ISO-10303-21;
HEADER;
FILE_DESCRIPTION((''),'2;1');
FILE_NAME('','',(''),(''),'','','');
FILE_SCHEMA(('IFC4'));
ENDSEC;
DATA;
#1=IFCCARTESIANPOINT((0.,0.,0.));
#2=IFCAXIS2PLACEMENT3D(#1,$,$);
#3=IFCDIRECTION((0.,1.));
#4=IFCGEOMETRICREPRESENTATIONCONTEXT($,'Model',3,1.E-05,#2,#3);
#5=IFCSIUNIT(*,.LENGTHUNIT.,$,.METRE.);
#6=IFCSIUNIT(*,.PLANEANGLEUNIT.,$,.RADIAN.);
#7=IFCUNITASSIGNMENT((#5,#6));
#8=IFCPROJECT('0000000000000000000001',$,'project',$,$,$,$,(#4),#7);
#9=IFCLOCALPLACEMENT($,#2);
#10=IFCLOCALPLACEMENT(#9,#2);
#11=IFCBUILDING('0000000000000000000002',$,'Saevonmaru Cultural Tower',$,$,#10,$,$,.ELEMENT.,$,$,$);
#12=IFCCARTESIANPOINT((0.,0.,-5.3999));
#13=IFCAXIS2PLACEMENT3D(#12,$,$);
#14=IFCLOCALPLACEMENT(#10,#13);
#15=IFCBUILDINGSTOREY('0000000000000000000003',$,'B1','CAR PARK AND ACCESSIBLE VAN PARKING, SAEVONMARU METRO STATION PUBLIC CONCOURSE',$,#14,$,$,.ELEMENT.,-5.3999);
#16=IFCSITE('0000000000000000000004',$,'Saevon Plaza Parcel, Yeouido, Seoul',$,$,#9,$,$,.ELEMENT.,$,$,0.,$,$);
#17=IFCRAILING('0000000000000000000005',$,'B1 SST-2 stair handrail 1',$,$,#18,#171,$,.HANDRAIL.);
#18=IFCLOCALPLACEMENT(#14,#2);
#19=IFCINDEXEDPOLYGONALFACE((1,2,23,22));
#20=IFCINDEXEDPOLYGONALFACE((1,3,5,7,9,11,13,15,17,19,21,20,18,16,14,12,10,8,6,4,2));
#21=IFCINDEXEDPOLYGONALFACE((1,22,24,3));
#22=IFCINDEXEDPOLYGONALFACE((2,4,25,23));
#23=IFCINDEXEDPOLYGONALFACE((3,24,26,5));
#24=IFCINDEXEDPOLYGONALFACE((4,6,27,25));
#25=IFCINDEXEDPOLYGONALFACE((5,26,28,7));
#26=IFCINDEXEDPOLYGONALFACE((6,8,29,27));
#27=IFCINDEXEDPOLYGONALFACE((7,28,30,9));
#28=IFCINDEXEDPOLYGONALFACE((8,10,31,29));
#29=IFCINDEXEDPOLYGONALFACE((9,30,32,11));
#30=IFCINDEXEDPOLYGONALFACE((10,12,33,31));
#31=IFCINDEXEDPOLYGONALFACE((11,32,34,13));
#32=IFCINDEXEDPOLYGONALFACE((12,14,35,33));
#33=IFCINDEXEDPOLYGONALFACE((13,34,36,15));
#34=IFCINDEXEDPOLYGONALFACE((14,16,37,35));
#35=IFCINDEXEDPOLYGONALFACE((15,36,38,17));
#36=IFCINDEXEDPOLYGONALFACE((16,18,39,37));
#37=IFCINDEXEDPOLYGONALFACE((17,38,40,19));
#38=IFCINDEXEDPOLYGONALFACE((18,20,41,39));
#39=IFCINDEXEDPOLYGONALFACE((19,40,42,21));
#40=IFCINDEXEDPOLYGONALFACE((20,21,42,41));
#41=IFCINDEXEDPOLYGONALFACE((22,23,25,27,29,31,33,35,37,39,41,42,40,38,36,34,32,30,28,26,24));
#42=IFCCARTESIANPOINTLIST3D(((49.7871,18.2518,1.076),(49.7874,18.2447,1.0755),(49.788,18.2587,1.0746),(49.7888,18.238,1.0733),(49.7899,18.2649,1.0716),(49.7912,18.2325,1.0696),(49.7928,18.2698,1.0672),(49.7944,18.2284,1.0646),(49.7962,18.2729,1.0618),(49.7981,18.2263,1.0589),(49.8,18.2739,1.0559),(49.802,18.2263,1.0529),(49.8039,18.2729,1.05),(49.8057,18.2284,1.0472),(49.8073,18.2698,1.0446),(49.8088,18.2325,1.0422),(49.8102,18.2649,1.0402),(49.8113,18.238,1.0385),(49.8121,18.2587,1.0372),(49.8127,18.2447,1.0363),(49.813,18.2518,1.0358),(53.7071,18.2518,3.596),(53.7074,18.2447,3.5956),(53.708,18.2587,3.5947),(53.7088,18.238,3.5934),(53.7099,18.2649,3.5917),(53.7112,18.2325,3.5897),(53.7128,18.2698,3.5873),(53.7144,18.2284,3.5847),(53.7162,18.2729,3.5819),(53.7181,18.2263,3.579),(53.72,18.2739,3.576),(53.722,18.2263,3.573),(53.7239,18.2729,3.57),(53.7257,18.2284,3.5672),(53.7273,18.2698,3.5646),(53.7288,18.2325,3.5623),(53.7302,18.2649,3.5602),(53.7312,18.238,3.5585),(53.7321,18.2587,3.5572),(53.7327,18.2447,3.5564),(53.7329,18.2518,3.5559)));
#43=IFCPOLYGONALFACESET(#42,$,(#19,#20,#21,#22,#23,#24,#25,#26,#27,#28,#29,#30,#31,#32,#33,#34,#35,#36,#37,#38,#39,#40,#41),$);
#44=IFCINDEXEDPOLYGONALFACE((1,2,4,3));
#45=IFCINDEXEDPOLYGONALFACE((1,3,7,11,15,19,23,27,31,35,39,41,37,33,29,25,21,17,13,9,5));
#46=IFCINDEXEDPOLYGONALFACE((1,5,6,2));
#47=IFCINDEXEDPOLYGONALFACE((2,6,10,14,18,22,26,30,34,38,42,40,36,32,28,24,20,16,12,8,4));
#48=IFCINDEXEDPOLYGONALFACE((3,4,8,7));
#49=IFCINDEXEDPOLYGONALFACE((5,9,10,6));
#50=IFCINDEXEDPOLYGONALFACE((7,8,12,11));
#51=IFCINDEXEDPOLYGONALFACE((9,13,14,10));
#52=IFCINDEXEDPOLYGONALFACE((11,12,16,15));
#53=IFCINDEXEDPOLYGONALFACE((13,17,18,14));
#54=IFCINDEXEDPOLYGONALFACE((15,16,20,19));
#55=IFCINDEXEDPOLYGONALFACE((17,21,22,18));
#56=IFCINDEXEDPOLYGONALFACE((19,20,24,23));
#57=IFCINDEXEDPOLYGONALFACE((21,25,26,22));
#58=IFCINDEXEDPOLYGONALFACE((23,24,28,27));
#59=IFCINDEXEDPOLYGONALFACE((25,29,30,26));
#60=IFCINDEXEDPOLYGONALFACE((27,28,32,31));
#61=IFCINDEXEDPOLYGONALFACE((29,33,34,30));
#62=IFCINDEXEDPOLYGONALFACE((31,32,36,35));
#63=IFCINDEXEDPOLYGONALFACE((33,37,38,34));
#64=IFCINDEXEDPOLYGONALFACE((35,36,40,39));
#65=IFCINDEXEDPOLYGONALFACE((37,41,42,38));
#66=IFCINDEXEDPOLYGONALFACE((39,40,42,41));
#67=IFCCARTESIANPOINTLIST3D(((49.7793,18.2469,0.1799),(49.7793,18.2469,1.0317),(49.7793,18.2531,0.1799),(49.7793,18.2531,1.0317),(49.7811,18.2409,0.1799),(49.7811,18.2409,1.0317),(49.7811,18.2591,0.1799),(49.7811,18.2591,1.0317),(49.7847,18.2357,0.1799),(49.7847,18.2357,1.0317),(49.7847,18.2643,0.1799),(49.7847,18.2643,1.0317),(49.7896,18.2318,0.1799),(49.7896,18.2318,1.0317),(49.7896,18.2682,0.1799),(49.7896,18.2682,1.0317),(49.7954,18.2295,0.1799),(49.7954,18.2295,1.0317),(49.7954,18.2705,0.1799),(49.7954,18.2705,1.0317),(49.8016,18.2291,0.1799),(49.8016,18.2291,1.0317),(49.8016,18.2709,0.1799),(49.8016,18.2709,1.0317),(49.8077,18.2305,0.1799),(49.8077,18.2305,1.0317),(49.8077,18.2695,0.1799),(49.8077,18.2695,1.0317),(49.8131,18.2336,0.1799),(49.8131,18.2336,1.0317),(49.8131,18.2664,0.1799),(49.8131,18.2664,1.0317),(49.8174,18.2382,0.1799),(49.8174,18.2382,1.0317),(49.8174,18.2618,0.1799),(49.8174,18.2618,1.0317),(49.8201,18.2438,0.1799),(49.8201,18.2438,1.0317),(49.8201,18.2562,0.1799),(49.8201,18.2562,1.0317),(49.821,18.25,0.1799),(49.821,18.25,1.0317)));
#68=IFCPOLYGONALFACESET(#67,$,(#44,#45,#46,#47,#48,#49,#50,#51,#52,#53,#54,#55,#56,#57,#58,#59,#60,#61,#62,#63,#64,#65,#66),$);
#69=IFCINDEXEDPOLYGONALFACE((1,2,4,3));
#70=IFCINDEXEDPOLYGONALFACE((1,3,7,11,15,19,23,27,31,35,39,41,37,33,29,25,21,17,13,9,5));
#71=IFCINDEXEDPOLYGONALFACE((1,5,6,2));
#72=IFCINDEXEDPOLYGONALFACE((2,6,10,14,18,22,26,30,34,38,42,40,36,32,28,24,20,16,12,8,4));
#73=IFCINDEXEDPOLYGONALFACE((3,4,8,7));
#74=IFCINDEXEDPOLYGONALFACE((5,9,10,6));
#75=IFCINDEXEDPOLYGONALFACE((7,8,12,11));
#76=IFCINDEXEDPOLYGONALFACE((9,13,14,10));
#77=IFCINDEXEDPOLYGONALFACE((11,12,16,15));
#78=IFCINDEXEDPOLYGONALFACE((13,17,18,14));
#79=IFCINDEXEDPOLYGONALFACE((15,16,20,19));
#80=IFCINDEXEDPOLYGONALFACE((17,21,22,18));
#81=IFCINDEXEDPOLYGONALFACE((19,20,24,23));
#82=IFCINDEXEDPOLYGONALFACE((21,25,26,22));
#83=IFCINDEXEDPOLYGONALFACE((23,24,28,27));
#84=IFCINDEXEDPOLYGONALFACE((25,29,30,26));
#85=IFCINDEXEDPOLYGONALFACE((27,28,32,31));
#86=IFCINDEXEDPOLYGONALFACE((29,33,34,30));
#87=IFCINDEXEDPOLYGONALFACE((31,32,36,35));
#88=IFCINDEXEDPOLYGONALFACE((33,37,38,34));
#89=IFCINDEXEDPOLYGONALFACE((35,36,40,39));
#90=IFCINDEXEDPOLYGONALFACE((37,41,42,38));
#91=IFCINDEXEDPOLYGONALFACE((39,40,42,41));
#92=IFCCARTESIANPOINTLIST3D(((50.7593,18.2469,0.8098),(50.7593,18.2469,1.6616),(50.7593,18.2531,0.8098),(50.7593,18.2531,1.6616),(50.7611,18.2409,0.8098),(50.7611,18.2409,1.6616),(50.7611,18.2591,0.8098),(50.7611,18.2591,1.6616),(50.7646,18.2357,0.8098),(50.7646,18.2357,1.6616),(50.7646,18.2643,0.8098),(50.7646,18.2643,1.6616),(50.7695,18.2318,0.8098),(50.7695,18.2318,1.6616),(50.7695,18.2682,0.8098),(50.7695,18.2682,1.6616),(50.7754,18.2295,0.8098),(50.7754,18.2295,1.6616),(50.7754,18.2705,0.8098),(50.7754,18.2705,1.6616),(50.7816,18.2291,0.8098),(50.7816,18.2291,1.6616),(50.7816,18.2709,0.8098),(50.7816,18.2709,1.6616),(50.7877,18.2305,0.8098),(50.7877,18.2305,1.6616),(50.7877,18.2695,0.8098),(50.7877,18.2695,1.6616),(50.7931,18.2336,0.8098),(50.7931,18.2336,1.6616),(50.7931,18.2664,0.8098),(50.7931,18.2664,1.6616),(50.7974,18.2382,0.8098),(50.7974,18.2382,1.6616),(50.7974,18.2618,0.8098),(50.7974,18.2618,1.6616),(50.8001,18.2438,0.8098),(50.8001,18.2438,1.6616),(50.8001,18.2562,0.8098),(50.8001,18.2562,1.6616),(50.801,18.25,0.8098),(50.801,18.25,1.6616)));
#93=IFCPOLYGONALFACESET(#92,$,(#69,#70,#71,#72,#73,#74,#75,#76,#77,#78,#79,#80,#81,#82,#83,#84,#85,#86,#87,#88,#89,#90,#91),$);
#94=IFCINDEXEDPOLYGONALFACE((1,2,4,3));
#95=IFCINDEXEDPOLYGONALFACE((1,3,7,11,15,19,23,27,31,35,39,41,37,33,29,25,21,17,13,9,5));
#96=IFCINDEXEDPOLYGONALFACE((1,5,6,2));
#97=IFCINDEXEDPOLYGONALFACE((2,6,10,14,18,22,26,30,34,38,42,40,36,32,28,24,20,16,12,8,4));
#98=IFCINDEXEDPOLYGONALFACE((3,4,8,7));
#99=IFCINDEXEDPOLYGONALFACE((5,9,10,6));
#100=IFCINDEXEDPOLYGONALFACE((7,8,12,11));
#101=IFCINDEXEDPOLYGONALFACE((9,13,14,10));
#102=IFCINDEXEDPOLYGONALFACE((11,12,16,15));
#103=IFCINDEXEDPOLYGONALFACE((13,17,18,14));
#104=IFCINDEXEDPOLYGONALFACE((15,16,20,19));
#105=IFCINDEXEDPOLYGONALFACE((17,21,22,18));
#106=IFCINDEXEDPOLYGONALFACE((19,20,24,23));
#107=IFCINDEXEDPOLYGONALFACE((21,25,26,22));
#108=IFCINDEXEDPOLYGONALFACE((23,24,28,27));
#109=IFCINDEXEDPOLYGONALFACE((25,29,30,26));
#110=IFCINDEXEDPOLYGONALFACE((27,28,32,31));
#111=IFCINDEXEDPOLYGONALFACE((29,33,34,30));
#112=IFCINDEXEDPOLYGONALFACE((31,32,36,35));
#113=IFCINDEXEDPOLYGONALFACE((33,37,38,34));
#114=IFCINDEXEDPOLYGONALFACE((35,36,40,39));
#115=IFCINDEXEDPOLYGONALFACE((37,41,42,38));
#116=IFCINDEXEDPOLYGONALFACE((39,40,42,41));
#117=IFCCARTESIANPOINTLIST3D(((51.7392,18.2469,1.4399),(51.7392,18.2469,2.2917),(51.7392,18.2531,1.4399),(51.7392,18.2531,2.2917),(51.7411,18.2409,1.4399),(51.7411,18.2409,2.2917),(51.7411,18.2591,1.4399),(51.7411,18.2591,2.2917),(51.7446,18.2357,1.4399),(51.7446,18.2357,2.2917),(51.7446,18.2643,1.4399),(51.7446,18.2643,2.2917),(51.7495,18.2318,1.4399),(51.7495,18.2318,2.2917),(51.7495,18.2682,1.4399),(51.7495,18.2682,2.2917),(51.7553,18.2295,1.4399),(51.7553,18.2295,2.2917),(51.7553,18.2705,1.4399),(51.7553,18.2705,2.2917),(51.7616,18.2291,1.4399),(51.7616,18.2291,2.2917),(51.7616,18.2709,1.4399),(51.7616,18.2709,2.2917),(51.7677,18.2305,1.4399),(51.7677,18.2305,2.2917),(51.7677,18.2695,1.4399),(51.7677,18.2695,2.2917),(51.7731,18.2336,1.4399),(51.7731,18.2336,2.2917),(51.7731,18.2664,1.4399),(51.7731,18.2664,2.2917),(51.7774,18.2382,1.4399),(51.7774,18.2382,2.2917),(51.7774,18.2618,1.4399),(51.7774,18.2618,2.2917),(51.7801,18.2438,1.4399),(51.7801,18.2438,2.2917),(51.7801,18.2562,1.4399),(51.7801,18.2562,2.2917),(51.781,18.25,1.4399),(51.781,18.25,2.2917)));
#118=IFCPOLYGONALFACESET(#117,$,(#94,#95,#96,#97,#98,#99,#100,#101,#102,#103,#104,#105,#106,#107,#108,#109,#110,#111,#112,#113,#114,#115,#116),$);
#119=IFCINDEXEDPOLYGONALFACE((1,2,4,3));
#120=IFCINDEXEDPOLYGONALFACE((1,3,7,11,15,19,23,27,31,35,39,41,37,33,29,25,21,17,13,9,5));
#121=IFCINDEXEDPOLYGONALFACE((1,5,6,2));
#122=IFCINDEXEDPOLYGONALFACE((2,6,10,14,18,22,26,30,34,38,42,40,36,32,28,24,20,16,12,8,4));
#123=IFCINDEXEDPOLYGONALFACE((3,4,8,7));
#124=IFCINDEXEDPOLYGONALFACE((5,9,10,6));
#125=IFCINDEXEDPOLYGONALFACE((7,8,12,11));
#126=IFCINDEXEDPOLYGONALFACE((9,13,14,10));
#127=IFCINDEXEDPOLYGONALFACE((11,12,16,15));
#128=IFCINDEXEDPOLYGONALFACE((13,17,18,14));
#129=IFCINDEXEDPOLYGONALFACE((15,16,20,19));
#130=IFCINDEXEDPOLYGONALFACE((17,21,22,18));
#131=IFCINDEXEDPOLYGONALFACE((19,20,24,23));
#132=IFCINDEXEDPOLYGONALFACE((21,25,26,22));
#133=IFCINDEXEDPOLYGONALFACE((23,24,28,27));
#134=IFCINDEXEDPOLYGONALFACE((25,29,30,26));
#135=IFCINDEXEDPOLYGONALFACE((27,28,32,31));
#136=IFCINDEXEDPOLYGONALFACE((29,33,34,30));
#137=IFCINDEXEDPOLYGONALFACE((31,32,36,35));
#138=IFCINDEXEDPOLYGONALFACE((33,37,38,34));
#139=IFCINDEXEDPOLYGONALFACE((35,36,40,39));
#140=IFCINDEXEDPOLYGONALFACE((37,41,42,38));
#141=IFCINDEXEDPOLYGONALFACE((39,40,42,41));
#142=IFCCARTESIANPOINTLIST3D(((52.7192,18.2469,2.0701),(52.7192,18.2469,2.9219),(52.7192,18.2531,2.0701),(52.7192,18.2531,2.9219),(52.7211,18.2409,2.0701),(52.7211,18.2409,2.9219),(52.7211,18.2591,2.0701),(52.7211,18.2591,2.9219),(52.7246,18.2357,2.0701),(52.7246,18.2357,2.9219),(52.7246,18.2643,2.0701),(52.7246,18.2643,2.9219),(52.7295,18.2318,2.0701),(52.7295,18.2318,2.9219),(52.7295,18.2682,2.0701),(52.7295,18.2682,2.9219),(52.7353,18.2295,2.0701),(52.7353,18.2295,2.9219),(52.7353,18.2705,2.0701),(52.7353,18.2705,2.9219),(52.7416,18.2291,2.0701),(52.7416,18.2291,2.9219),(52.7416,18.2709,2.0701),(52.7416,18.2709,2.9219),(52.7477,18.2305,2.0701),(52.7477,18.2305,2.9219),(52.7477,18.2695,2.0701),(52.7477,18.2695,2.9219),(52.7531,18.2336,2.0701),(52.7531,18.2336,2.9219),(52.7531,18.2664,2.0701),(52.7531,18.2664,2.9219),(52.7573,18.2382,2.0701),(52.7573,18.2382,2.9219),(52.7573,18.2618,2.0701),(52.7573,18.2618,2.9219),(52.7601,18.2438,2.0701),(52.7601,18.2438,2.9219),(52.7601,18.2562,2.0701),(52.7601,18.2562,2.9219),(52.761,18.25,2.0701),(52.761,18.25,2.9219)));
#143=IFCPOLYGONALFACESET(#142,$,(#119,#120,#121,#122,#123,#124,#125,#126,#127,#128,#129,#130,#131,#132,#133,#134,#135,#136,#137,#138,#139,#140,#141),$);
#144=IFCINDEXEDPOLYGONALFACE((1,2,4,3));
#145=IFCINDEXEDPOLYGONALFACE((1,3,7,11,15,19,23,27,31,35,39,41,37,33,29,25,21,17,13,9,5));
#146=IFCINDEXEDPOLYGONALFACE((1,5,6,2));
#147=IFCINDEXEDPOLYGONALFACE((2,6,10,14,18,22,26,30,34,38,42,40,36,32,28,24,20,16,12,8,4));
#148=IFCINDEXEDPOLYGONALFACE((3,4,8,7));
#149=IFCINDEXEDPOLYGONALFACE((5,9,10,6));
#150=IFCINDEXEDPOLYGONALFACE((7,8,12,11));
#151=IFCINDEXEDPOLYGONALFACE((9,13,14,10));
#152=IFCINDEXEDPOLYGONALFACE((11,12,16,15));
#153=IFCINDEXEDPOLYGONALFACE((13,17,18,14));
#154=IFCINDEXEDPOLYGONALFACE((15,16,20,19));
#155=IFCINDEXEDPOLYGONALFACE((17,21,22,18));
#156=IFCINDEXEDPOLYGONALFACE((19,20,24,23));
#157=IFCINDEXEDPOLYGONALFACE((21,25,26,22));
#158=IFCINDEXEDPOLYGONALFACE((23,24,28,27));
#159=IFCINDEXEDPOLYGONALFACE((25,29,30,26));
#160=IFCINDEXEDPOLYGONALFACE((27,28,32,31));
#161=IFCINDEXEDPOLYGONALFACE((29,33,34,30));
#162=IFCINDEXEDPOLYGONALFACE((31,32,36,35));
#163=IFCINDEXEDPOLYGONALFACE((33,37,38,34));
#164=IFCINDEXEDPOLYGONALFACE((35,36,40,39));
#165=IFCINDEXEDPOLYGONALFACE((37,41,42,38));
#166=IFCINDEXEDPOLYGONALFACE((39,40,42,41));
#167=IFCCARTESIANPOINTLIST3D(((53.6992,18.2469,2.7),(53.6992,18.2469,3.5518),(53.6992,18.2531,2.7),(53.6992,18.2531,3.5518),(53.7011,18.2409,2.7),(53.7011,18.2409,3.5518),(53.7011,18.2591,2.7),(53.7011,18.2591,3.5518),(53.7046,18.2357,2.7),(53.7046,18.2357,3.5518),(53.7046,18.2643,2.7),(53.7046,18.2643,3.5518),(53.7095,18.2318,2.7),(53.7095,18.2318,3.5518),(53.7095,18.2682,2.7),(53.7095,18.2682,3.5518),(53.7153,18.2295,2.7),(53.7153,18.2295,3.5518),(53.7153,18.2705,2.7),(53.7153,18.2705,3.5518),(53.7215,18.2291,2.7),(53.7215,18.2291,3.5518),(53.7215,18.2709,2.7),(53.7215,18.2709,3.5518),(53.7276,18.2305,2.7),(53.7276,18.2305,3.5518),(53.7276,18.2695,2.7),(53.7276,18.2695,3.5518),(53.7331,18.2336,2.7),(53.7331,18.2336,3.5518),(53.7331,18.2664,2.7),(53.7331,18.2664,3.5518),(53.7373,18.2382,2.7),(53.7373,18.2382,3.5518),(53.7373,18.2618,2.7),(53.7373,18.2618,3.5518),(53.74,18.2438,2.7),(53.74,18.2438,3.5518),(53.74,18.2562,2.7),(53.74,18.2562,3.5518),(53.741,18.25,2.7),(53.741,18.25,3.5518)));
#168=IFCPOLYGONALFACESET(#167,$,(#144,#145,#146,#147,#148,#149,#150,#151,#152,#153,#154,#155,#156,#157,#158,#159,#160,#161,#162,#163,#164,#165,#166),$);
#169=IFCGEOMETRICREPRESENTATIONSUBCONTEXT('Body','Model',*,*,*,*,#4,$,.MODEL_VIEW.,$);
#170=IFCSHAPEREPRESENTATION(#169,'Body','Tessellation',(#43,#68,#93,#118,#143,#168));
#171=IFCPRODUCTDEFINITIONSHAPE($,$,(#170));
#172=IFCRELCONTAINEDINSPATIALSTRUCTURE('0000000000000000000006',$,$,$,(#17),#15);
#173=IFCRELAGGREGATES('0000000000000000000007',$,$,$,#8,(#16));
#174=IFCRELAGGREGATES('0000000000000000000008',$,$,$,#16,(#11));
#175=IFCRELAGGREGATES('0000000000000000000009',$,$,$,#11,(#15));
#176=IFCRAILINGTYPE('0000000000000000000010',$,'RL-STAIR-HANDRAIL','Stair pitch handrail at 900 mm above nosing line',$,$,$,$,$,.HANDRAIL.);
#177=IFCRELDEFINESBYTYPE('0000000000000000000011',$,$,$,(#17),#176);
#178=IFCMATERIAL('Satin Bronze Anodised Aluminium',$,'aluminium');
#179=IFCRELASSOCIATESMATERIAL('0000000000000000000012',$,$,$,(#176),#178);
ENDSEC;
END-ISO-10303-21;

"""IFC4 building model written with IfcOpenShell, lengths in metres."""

from ifc_helpers import new_model, si_unit, direction, frame, origin, origin_2d, place, context, subcontext, project, spatial, circle, extrude, material, type_object, element, save


model = new_model("IFC4")

# Units and contexts
model_context = context("Model", 3, precision=1e-05, world=origin(), true_north=direction((0.0, 1.0)))
body_context = subcontext(model_context, "Body", "Model", "MODEL_VIEW")
ifc_project = project(units=[si_unit("LENGTHUNIT", "METRE"), si_unit("PLANEANGLEUNIT", "RADIAN")], contexts=[model_context])

# Site, building, storey
site_placement = place(None, origin())
site = spatial("IfcSite", under=ifc_project, at=site_placement, Name="Saevon Plaza Parcel, Yeouido, Seoul", CompositionType="ELEMENT", RefElevation=0.0)
building_placement = place(site_placement, origin())
building = spatial("IfcBuilding", under=site, at=building_placement, Name="Saevonmaru Cultural Tower", CompositionType="ELEMENT")
storey_placement = place(building_placement, frame((0.0, 0.0, -5.3999)))
storey = spatial("IfcBuildingStorey", under=building, at=storey_placement, Name="B1", Description="CAR PARK AND ACCESSIBLE VAN PARKING, SAEVONMARU METRO STATION PUBLIC CONCOURSE", CompositionType="ELEMENT", Elevation=-5.3999)

# Railing
ifc_material_1 = material(Name="Satin Bronze Anodised Aluminium", Category="aluminium")
railing_type_1 = type_object("IfcRailingType", Name="RL-STAIR-HANDRAIL", Description="Stair pitch handrail at 900 mm above nosing line", PredefinedType="HANDRAIL", material=ifc_material_1)
railing_1_placement = place(storey_placement, frame((49.8, 18.25, 0.1799)))
element("IfcRailing", 1, at=railing_1_placement, inside=storey, type_object=railing_type_1, Name="B1 SST-2 stair handrail 1", PredefinedType="HANDRAIL", context=body_context, shape_type="SweptSolid", body=[
    extrude(circle(Radius=0.0239, at=origin_2d()), frame((0.0, 0.0, 0.876), z_axis=(0.841172, 0.0, 0.540768), x_axis=(0.0, 1.0, 0.0)), (0.0, 0.0, 1.0), 4.6602),
    extrude(circle(Radius=0.021, at=origin_2d()), origin(), (0.0, 0.0, 1.0), 0.8518),
    extrude(circle(Radius=0.021, at=origin_2d()), frame((0.98, 0.0, 0.6299)), (0.0, 0.0, 1.0), 0.8518),
    extrude(circle(Radius=0.021, at=origin_2d()), frame((1.96, 0.0, 1.26)), (0.0, 0.0, 1.0), 0.8518),
    extrude(circle(Radius=0.021, at=origin_2d()), frame((2.9399, 0.0, 1.8901)), (0.0, 0.0, 1.0), 0.8518),
    extrude(circle(Radius=0.021, at=origin_2d()), frame((3.9199, 0.0, 2.52)), (0.0, 0.0, 1.0), 0.8518),
])

save(model, "model.ifc")
